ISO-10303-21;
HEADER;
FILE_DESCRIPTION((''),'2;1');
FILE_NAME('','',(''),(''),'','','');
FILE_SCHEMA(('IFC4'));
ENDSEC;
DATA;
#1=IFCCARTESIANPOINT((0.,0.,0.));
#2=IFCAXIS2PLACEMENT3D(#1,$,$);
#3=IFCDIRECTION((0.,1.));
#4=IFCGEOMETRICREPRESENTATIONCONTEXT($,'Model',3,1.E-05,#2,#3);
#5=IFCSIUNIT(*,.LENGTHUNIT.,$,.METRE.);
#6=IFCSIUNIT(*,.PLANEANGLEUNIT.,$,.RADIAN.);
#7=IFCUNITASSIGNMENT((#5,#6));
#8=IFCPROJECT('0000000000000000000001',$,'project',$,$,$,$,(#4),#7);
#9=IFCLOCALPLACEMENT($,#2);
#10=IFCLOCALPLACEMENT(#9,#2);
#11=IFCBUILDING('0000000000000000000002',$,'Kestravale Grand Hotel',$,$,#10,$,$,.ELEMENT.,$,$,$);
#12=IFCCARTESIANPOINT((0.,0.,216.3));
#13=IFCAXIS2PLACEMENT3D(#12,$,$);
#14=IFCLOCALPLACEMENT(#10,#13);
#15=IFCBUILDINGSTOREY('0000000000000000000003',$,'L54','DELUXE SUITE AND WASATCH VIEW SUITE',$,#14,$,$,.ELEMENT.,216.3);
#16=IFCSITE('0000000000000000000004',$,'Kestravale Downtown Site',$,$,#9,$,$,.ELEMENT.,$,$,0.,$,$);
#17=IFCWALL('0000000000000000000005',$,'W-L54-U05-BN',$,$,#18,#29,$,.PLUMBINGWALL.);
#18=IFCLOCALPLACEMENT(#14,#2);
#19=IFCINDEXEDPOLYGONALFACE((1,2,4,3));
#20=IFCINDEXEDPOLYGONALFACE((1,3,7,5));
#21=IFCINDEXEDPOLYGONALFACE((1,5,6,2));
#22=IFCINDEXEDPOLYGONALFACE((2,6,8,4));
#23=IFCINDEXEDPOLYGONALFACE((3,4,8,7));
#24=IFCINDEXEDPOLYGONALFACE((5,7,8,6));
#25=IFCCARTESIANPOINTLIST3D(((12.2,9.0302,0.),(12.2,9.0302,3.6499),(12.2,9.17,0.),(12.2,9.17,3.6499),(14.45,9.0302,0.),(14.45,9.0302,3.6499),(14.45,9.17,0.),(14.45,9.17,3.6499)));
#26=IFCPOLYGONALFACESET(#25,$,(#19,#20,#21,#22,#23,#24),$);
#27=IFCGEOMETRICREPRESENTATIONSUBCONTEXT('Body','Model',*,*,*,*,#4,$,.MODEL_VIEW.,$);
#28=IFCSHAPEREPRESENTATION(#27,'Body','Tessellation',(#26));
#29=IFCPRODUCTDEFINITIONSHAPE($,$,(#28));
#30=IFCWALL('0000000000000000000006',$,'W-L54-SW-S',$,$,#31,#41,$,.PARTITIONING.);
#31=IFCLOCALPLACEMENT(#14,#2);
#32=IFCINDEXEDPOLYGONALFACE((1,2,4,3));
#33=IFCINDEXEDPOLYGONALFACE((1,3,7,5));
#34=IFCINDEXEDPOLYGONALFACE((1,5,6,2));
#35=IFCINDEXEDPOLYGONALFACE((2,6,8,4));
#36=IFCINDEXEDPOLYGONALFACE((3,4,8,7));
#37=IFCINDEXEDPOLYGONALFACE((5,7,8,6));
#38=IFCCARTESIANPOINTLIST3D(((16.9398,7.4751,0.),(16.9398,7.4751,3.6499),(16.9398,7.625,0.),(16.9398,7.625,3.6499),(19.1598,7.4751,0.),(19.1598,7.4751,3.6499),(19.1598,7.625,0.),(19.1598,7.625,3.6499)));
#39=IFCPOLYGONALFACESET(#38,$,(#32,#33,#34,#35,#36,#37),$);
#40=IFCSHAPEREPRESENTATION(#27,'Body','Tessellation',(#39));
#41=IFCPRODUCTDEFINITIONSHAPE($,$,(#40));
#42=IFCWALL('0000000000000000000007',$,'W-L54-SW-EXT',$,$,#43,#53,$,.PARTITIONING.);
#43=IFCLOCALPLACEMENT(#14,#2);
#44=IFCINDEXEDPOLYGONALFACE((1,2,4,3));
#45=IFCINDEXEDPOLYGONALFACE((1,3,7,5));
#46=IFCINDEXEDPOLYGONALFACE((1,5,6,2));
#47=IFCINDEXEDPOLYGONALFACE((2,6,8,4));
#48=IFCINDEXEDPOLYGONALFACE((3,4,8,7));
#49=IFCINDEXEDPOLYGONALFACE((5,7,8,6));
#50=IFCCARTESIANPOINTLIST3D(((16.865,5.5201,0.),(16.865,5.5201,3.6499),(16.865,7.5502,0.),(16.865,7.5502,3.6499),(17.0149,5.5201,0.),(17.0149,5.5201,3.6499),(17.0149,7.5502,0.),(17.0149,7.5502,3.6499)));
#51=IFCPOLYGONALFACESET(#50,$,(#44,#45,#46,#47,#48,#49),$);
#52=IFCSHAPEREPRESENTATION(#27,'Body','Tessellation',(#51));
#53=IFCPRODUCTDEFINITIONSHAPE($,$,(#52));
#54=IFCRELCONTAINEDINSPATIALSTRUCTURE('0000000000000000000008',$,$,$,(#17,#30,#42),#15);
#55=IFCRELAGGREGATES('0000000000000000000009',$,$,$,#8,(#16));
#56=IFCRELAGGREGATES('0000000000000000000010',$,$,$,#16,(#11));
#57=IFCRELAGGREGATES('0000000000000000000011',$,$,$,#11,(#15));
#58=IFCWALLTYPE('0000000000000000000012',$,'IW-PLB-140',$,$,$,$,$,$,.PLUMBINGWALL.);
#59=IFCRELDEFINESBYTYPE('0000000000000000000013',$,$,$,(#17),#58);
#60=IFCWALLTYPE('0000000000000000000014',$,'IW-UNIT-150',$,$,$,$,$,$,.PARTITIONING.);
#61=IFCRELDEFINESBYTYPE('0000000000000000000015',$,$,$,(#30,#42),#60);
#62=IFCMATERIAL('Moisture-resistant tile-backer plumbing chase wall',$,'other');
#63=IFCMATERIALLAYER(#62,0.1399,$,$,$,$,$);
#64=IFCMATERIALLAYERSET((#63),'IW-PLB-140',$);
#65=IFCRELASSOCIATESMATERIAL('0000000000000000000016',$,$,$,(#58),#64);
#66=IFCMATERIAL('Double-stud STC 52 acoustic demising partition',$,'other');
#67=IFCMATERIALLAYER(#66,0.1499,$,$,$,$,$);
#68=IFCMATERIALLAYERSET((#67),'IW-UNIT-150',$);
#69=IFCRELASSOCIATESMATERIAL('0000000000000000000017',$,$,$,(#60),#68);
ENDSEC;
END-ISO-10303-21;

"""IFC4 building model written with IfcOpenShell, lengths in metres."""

from ifc_helpers import new_model, si_unit, direction, frame, frame_2d, origin, place, context, subcontext, project, spatial, rectangle, extrude, material, layer, layer_set, type_object, element, save


model = new_model("IFC4")

# Units and contexts
model_context = context("Model", 3, precision=1e-05, world=origin(), true_north=direction((0.0, 1.0)))
body_context = subcontext(model_context, "Body", "Model", "MODEL_VIEW")
ifc_project = project(units=[si_unit("LENGTHUNIT", "METRE"), si_unit("PLANEANGLEUNIT", "RADIAN")], contexts=[model_context])

# Site, building, storey
site_placement = place(None, origin())
site = spatial("IfcSite", under=ifc_project, at=site_placement, Name="Kestravale Downtown Site", CompositionType="ELEMENT", RefElevation=0.0)
building_placement = place(site_placement, origin())
building = spatial("IfcBuilding", under=site, at=building_placement, Name="Kestravale Grand Hotel", CompositionType="ELEMENT")
storey_placement = place(building_placement, frame((0.0, 0.0, 216.3)))
storey = spatial("IfcBuildingStorey", under=building, at=storey_placement, Name="L54", Description="DELUXE SUITE AND WASATCH VIEW SUITE", CompositionType="ELEMENT", Elevation=216.3)

# Shared definitions
ifc_material_1 = material(Name="Moisture-resistant tile-backer plumbing chase wall", Category="other")
ifc_layer_1 = layer(ifc_material_1, 0.1399)
ifc_layer_set_1 = layer_set([ifc_layer_1], Name="IW-PLB-140")
wall_type_1 = type_object("IfcWallType", Name="IW-PLB-140", PredefinedType="PLUMBINGWALL", material=ifc_layer_set_1)

# Walls
for number, where, z_axis, x_axis, name in (
    (1, (12.2, 9.1001, 0.0), (0.0, 0.0, 1.0), (1.0, 0.0, 0.0), "W-L54-U05-BN"),
):
    element("IfcWall", number, at=place(storey_placement, frame(where, z_axis=z_axis, x_axis=x_axis)), inside=storey, type_object=wall_type_1, Name=name, PredefinedType="PLUMBINGWALL", context=body_context, shape_type="SweptSolid", body=[
        extrude(rectangle(XDim=2.25, YDim=0.1399, at=frame_2d((1.125, 0.0))), origin(), (0.0, 0.0, 1.0), 3.6499),
    ])
ifc_material_2 = material(Name="Double-stud STC 52 acoustic demising partition", Category="other")
ifc_layer_2 = layer(ifc_material_2, 0.1499)
ifc_layer_set_2 = layer_set([ifc_layer_2], Name="IW-UNIT-150")
wall_type_2 = type_object("IfcWallType", Name="IW-UNIT-150", PredefinedType="PARTITIONING", material=ifc_layer_set_2)
wall_1_placement = place(storey_placement, frame((16.9399, 7.55, 0.0), z_axis=(0.0, 0.0, 1.0), x_axis=(1.0, 0.0, 0.0)))
element("IfcWall", 2, at=wall_1_placement, inside=storey, type_object=wall_type_2, Name="W-L54-SW-S", PredefinedType="PARTITIONING", context=body_context, shape_type="SweptSolid", body=[
    extrude(rectangle(XDim=2.22, YDim=0.1499, at=frame_2d((1.1099, 0.0))), origin(), (0.0, 0.0, 1.0), 3.6499),
])
wall_2_placement = place(storey_placement, frame((16.9399, 5.52, 0.0), z_axis=(0.0, 0.0, 1.0), x_axis=(0.0, 1.0, 0.0)))
element("IfcWall", 3, at=wall_2_placement, inside=storey, type_object=wall_type_2, Name="W-L54-SW-EXT", PredefinedType="PARTITIONING", context=body_context, shape_type="SweptSolid", body=[
    extrude(rectangle(XDim=2.03, YDim=0.1499, at=frame_2d((1.0151, 0.0))), origin(), (0.0, 0.0, 1.0), 3.6499),
])

save(model, "model.ifc")
